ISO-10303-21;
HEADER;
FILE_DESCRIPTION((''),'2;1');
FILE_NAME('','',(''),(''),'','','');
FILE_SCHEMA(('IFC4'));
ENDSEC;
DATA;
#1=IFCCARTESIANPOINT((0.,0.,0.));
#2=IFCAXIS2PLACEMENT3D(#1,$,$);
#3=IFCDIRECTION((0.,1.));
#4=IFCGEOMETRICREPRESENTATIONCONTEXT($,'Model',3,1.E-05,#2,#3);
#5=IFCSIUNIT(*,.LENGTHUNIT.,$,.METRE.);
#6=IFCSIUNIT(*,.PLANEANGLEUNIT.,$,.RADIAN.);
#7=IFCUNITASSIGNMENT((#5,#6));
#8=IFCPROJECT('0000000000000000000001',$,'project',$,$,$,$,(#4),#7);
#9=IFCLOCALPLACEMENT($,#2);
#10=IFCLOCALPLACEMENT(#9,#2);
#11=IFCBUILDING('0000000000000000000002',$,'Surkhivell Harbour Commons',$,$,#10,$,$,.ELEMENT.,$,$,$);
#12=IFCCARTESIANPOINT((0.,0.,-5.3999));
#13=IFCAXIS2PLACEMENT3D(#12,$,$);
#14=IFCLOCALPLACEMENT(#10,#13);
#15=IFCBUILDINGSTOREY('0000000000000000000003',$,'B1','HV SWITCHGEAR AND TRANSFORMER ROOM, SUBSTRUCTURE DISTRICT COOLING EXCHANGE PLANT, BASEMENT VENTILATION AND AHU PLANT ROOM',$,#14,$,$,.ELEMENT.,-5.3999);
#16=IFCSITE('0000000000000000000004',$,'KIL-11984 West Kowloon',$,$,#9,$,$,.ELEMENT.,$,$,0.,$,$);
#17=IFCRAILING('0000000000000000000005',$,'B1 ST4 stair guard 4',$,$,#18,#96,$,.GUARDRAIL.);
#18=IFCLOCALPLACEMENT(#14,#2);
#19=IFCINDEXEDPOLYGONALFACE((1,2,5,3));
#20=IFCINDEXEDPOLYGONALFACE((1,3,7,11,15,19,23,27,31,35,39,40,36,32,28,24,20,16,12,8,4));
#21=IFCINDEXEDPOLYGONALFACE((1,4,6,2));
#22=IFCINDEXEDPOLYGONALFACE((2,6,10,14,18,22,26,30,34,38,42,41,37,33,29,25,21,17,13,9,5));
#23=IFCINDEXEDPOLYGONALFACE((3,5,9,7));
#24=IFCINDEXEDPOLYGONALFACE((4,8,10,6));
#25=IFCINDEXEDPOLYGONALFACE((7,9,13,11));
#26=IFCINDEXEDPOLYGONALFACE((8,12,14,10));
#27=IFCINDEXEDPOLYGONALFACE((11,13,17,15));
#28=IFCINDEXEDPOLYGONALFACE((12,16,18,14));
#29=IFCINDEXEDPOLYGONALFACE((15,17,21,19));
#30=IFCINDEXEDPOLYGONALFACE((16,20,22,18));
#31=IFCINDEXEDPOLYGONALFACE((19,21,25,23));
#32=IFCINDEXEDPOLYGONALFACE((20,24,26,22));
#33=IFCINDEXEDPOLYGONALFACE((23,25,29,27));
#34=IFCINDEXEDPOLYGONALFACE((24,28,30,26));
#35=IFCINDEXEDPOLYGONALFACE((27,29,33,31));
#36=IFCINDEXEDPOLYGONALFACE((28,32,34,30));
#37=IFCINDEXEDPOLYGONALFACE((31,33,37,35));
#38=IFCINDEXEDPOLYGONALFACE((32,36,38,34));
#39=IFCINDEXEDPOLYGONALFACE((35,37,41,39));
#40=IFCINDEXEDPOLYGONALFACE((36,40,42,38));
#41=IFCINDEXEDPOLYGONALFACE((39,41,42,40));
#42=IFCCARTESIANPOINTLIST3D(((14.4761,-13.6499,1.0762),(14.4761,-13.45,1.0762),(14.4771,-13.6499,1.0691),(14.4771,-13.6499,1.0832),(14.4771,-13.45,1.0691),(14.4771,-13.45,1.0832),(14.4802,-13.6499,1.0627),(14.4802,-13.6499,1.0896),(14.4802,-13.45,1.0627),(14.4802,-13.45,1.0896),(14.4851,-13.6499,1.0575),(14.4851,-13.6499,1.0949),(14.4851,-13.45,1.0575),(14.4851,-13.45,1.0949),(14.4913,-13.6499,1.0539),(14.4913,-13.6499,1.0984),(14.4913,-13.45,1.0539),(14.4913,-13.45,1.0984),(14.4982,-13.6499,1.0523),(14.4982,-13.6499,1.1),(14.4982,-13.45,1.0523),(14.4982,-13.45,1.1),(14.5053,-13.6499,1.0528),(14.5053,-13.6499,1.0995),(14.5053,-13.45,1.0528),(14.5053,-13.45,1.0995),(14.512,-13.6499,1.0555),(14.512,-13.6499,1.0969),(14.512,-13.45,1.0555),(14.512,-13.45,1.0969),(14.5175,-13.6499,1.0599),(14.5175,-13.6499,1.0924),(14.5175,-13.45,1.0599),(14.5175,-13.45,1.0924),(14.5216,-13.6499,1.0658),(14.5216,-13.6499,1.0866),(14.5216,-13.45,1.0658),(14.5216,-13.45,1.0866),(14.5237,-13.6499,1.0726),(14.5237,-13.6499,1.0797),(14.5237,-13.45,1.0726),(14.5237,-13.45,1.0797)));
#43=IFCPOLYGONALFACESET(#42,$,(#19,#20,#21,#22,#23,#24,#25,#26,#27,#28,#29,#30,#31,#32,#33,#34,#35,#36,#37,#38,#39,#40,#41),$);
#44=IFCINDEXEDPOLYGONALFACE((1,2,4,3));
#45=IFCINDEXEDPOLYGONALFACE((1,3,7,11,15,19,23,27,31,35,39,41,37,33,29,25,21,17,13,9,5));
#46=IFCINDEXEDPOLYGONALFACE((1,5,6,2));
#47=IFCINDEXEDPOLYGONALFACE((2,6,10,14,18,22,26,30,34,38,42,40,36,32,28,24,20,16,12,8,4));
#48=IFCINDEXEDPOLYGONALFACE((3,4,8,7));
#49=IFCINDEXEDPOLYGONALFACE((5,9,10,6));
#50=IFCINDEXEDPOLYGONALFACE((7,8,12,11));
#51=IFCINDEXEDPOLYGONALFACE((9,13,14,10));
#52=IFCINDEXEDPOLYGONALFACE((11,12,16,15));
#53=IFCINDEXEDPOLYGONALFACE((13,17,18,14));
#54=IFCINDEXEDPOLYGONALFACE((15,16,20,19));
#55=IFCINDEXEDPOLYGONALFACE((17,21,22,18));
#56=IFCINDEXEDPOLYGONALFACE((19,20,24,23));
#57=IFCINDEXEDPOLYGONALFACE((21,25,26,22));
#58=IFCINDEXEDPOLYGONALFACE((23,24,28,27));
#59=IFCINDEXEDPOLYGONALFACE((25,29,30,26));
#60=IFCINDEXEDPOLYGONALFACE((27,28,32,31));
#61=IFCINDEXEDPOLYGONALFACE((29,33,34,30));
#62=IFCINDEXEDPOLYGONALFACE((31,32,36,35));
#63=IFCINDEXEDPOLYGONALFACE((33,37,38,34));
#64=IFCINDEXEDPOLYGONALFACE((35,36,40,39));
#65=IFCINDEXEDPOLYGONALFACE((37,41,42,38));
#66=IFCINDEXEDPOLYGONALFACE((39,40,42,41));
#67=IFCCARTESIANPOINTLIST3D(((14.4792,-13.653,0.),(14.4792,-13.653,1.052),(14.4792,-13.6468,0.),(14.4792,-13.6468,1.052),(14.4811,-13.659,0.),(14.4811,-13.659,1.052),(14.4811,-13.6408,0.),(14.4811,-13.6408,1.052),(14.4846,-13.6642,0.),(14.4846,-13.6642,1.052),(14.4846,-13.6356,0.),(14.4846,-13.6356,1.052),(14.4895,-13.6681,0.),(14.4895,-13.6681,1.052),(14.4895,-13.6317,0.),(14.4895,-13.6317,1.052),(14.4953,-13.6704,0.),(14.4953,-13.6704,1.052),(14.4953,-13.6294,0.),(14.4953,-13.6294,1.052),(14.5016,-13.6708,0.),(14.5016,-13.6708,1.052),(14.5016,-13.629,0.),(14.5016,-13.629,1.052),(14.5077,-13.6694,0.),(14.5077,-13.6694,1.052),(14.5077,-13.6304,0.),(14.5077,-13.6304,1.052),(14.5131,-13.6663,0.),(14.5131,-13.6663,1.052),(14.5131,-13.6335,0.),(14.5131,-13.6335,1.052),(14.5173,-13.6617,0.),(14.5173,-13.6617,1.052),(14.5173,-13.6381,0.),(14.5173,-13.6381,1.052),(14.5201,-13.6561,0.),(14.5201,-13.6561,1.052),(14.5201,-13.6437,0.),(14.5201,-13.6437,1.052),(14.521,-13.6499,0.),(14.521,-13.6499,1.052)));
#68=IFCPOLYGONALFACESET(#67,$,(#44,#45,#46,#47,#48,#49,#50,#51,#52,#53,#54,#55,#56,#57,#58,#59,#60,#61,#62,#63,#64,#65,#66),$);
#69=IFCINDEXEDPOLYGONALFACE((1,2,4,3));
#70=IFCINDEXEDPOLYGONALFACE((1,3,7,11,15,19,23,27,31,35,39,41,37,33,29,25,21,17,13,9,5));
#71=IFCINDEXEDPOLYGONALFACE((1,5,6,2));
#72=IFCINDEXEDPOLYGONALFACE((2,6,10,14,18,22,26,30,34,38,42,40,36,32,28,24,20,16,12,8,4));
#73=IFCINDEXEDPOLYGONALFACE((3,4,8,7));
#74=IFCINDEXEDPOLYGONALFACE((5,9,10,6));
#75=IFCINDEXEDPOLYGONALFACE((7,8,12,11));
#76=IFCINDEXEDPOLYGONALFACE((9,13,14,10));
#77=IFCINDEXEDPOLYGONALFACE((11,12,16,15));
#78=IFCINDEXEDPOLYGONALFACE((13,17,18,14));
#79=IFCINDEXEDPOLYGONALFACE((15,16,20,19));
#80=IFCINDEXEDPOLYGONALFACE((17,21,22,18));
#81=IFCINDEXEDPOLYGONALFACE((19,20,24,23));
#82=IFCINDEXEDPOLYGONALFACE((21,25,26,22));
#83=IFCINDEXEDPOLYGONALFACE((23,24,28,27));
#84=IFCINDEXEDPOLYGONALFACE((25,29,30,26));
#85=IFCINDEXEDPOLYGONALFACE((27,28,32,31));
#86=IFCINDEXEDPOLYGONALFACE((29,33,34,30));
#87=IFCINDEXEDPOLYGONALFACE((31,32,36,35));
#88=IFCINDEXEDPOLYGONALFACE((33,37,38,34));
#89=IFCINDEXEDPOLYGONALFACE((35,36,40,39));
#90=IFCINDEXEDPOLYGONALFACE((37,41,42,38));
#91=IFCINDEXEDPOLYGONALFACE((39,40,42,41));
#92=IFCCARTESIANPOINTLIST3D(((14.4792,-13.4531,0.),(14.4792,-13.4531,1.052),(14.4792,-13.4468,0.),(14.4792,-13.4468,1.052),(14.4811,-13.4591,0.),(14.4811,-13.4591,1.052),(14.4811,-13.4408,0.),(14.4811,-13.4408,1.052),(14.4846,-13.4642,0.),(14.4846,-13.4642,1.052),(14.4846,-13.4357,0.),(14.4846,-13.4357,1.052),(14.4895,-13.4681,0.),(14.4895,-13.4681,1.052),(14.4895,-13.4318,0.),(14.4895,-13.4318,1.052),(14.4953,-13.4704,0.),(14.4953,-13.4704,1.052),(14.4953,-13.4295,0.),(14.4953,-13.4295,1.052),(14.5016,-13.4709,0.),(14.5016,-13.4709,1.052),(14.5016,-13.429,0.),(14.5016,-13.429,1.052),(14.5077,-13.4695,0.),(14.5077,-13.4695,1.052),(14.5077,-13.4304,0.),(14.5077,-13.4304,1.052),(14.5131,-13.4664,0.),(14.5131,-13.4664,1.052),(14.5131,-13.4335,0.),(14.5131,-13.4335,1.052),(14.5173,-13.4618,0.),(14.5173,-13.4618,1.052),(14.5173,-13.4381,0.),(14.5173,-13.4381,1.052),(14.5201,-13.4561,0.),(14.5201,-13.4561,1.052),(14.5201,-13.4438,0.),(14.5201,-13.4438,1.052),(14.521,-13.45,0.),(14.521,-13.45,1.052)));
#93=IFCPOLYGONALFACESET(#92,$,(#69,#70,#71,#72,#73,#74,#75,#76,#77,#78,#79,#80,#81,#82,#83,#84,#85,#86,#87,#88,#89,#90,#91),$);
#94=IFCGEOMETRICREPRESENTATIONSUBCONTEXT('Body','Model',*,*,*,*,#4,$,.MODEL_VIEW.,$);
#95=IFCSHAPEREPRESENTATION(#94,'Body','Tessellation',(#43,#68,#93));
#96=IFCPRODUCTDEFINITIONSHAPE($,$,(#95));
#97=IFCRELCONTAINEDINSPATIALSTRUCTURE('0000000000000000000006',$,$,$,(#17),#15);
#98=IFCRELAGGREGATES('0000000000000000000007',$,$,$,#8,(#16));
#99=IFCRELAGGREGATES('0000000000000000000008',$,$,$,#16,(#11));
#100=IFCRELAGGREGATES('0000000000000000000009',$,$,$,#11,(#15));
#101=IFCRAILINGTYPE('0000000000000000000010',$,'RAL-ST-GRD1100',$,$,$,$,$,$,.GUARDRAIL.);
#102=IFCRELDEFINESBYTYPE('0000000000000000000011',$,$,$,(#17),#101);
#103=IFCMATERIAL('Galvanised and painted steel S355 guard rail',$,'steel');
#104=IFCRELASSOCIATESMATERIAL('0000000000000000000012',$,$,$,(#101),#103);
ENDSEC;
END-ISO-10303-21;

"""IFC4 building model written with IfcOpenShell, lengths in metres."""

from ifc_helpers import new_model, si_unit, direction, frame, origin, origin_2d, place, context, subcontext, project, spatial, circle, extrude, material, type_object, element, save


model = new_model("IFC4")

# Units and contexts
model_context = context("Model", 3, precision=1e-05, world=origin(), true_north=direction((0.0, 1.0)))
body_context = subcontext(model_context, "Body", "Model", "MODEL_VIEW")
ifc_project = project(units=[si_unit("LENGTHUNIT", "METRE"), si_unit("PLANEANGLEUNIT", "RADIAN")], contexts=[model_context])

# Site, building, storey
site_placement = place(None, origin())
site = spatial("IfcSite", under=ifc_project, at=site_placement, Name="KIL-11984 West Kowloon", CompositionType="ELEMENT", RefElevation=0.0)
building_placement = place(site_placement, origin())
building = spatial("IfcBuilding", under=site, at=building_placement, Name="Surkhivell Harbour Commons", CompositionType="ELEMENT")
storey_placement = place(building_placement, frame((0.0, 0.0, -5.3999)))
storey = spatial("IfcBuildingStorey", under=building, at=storey_placement, Name="B1", Description="HV SWITCHGEAR AND TRANSFORMER ROOM, SUBSTRUCTURE DISTRICT COOLING EXCHANGE PLANT, BASEMENT VENTILATION AND AHU PLANT ROOM", CompositionType="ELEMENT", Elevation=-5.3999)

# Railing
ifc_material_1 = material(Name="Galvanised and painted steel S355 guard rail", Category="steel")
railing_type_1 = type_object("IfcRailingType", Name="RAL-ST-GRD1100", PredefinedType="GUARDRAIL", material=ifc_material_1)
railing_1_placement = place(storey_placement, frame((14.5, -13.6499, 0.0)))
element("IfcRailing", 1, at=railing_1_placement, inside=storey, type_object=railing_type_1, Name="B1 ST4 stair guard 4", PredefinedType="GUARDRAIL", context=body_context, shape_type="SweptSolid", body=[
    extrude(circle(Radius=0.0239, at=origin_2d()), frame((0.0, 0.0, 1.0762), z_axis=(0.0, 1.0, 0.0), x_axis=(-1.0, 0.0, 0.0)), (0.0, 0.0, 1.0), 0.2),
    extrude(circle(Radius=0.021, at=origin_2d()), origin(), (0.0, 0.0, 1.0), 1.052),
    extrude(circle(Radius=0.021, at=origin_2d()), frame((0.0, 0.2, 0.0)), (0.0, 0.0, 1.0), 1.052),
])

save(model, "model.ifc")
